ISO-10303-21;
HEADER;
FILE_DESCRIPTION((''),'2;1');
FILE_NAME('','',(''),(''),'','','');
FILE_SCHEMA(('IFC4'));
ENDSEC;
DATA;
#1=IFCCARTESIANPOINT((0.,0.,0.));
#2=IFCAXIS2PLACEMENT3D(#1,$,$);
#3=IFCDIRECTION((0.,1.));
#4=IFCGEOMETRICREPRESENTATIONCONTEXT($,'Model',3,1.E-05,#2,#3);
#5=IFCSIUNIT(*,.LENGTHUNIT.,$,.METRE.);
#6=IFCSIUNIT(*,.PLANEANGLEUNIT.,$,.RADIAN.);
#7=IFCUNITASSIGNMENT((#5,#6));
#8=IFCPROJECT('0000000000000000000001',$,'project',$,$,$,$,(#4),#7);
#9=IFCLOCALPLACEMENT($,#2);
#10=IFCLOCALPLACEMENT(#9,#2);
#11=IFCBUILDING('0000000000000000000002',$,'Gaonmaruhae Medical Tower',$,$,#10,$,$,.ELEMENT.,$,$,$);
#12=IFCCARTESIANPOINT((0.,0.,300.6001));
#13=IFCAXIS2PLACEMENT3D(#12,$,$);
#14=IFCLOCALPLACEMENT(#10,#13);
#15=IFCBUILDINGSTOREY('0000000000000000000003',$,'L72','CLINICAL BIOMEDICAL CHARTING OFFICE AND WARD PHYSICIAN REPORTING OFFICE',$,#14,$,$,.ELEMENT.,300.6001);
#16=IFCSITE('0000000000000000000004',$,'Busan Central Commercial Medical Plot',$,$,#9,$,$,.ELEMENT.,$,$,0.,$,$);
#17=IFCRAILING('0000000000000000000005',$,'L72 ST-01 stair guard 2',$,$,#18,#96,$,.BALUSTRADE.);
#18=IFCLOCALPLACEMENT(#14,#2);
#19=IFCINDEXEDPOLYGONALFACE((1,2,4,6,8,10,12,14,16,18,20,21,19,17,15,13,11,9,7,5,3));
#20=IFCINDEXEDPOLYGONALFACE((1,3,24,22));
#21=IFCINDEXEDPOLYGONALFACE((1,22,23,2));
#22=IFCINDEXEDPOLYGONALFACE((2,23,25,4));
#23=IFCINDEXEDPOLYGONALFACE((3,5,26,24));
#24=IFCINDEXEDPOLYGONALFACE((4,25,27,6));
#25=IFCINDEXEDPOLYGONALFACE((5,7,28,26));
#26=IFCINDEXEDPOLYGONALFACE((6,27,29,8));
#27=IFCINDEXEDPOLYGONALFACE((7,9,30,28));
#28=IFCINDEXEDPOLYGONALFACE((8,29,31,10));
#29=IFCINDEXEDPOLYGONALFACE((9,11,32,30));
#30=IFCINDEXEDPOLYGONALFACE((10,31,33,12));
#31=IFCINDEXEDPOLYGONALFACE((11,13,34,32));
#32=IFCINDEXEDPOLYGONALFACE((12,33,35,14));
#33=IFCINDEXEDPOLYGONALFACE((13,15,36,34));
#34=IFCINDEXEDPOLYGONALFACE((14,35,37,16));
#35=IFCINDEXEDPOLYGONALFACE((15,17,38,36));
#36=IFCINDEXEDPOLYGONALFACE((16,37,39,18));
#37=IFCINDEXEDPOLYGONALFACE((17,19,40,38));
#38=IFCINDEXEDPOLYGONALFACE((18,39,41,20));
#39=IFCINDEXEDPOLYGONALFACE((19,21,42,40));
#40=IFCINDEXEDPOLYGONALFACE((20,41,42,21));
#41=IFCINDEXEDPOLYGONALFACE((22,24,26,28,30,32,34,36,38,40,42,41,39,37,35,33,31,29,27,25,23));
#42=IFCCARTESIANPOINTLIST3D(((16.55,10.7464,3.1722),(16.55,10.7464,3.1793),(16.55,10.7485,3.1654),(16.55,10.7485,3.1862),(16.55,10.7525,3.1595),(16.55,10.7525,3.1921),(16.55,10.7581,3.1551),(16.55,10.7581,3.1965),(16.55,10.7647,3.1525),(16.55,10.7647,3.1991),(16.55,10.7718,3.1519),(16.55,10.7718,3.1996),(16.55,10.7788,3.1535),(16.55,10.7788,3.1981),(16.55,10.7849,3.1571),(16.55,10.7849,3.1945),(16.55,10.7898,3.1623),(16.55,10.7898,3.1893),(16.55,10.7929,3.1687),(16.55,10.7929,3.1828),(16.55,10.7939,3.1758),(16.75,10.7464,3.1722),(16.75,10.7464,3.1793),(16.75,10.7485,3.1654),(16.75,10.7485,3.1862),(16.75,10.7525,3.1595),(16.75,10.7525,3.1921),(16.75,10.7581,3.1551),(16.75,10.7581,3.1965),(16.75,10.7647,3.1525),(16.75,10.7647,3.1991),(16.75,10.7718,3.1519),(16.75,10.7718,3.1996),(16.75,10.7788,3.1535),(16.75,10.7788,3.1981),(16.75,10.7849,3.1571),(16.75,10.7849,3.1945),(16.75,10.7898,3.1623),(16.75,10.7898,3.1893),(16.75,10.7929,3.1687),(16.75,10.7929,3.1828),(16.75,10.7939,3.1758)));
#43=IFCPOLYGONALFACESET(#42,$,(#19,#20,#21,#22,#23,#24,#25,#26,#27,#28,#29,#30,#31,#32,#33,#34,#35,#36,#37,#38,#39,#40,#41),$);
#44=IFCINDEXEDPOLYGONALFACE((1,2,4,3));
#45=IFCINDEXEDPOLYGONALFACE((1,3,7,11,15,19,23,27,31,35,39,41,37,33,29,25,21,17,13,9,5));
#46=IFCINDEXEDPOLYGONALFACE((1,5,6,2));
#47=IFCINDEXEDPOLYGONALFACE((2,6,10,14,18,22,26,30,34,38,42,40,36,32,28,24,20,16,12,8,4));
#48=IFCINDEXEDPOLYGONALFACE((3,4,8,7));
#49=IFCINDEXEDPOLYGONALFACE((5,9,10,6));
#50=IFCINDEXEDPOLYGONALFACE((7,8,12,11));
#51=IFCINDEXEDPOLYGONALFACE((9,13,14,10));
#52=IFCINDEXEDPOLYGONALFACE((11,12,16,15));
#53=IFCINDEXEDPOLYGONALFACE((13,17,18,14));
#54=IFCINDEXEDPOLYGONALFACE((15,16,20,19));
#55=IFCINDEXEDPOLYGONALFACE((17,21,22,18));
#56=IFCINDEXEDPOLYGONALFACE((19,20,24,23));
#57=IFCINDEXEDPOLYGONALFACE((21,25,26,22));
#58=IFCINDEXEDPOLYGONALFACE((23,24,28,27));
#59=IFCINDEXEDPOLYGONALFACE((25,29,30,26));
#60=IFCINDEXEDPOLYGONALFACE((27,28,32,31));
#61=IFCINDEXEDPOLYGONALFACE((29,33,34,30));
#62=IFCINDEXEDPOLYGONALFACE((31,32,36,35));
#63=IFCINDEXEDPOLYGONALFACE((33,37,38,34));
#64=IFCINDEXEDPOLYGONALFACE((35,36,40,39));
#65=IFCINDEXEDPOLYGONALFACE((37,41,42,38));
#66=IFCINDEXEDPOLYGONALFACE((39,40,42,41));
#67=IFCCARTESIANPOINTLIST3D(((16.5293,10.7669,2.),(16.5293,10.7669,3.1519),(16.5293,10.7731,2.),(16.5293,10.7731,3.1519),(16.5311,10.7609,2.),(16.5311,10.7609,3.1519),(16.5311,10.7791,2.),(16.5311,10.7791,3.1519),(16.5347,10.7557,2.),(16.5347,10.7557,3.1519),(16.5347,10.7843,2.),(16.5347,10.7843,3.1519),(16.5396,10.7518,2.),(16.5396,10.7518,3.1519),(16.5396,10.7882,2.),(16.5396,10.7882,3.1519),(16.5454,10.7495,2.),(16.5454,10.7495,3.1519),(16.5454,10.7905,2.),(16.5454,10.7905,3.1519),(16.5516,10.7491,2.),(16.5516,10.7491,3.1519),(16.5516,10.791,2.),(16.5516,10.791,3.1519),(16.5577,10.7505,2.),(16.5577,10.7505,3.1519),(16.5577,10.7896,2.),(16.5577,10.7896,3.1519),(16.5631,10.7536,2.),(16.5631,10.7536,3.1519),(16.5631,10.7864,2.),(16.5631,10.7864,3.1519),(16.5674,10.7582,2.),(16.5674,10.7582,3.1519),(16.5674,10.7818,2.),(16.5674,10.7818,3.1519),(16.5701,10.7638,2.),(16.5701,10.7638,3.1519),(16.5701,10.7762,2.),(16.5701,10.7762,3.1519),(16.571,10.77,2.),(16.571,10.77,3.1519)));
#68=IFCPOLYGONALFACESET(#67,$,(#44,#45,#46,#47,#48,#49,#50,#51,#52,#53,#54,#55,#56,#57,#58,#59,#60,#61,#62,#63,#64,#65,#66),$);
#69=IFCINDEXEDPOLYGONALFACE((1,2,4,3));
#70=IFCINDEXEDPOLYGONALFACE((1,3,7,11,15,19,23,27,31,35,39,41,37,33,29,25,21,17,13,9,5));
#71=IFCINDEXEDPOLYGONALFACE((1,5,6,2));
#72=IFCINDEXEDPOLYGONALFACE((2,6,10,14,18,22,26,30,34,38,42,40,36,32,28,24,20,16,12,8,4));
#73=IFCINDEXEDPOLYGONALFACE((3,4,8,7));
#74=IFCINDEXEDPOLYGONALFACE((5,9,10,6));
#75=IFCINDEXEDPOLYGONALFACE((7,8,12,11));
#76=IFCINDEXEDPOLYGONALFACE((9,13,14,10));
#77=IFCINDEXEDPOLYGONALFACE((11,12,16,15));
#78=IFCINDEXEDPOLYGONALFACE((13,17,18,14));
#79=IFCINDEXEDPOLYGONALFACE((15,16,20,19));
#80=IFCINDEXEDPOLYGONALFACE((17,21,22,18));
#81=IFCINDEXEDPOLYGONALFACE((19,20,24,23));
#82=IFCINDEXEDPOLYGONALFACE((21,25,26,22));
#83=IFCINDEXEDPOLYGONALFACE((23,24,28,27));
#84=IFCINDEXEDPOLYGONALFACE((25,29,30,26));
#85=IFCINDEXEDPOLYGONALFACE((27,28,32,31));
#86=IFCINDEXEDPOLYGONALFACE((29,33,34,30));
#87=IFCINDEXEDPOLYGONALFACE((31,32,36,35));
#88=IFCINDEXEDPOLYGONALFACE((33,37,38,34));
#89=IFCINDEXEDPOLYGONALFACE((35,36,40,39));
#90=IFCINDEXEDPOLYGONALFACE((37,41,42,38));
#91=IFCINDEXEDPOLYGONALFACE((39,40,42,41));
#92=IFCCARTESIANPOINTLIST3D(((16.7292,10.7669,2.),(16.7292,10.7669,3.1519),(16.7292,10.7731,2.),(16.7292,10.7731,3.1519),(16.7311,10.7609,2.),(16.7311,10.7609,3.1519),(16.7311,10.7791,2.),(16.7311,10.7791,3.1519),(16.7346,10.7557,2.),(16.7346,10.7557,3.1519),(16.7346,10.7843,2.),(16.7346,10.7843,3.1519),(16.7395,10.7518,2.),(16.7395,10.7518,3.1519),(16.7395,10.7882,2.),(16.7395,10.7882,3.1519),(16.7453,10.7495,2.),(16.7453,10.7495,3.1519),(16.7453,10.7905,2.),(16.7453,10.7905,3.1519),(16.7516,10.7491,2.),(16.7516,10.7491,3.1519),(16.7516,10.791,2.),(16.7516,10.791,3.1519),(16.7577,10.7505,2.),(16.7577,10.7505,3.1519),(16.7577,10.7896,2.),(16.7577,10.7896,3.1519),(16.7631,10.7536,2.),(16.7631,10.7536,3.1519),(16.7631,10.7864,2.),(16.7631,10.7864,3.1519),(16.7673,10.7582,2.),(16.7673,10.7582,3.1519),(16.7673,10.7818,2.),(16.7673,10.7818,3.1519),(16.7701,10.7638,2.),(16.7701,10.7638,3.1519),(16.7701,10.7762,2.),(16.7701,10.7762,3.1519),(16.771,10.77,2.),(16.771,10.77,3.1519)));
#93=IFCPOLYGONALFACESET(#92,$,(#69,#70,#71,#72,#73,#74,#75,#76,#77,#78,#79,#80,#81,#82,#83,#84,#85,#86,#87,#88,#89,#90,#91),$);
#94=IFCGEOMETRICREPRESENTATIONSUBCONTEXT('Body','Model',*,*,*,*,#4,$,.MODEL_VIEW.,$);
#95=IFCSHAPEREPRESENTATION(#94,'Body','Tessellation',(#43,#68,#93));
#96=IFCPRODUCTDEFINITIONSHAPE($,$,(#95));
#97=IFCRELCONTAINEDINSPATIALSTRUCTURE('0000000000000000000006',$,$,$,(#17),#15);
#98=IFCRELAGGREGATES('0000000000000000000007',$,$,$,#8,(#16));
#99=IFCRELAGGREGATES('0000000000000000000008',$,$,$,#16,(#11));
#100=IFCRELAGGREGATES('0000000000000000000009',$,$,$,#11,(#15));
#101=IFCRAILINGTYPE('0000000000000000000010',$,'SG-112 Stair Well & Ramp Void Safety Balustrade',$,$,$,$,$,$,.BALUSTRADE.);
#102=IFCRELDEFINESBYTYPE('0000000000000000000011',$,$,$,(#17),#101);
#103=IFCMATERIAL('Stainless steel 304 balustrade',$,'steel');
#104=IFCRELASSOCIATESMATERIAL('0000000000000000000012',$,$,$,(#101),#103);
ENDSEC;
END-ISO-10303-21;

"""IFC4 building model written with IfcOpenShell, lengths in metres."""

from ifc_helpers import new_model, si_unit, direction, frame, origin, origin_2d, place, context, subcontext, project, spatial, circle, extrude, material, type_object, element, save


model = new_model("IFC4")

# Units and contexts
model_context = context("Model", 3, precision=1e-05, world=origin(), true_north=direction((0.0, 1.0)))
body_context = subcontext(model_context, "Body", "Model", "MODEL_VIEW")
ifc_project = project(units=[si_unit("LENGTHUNIT", "METRE"), si_unit("PLANEANGLEUNIT", "RADIAN")], contexts=[model_context])

# Site, building, storey
site_placement = place(None, origin())
site = spatial("IfcSite", under=ifc_project, at=site_placement, Name="Busan Central Commercial Medical Plot", CompositionType="ELEMENT", RefElevation=0.0)
building_placement = place(site_placement, origin())
building = spatial("IfcBuilding", under=site, at=building_placement, Name="Gaonmaruhae Medical Tower", CompositionType="ELEMENT")
storey_placement = place(building_placement, frame((0.0, 0.0, 300.6001)))
storey = spatial("IfcBuildingStorey", under=building, at=storey_placement, Name="L72", Description="CLINICAL BIOMEDICAL CHARTING OFFICE AND WARD PHYSICIAN REPORTING OFFICE", CompositionType="ELEMENT", Elevation=300.6001)

# Railing
ifc_material_1 = material(Name="Stainless steel 304 balustrade", Category="steel")
railing_type_1 = type_object("IfcRailingType", Name="SG-112 Stair Well & Ramp Void Safety Balustrade", PredefinedType="BALUSTRADE", material=ifc_material_1)
railing_1_placement = place(storey_placement, frame((16.55, 10.77, 2.0)))
element("IfcRailing", 1, at=railing_1_placement, inside=storey, type_object=railing_type_1, Name="L72 ST-01 stair guard 2", PredefinedType="BALUSTRADE", context=body_context, shape_type="SweptSolid", body=[
    extrude(circle(Radius=0.0239, at=origin_2d()), frame((0.0, 0.0, 1.1758), z_axis=(1.0, 0.0, 0.0), x_axis=(0.0, 1.0, 0.0)), (0.0, 0.0, 1.0), 0.2),
    extrude(circle(Radius=0.021, at=origin_2d()), origin(), (0.0, 0.0, 1.0), 1.1519),
    extrude(circle(Radius=0.021, at=origin_2d()), frame((0.2, 0.0, 0.0)), (0.0, 0.0, 1.0), 1.1519),
])

save(model, "model.ifc")
